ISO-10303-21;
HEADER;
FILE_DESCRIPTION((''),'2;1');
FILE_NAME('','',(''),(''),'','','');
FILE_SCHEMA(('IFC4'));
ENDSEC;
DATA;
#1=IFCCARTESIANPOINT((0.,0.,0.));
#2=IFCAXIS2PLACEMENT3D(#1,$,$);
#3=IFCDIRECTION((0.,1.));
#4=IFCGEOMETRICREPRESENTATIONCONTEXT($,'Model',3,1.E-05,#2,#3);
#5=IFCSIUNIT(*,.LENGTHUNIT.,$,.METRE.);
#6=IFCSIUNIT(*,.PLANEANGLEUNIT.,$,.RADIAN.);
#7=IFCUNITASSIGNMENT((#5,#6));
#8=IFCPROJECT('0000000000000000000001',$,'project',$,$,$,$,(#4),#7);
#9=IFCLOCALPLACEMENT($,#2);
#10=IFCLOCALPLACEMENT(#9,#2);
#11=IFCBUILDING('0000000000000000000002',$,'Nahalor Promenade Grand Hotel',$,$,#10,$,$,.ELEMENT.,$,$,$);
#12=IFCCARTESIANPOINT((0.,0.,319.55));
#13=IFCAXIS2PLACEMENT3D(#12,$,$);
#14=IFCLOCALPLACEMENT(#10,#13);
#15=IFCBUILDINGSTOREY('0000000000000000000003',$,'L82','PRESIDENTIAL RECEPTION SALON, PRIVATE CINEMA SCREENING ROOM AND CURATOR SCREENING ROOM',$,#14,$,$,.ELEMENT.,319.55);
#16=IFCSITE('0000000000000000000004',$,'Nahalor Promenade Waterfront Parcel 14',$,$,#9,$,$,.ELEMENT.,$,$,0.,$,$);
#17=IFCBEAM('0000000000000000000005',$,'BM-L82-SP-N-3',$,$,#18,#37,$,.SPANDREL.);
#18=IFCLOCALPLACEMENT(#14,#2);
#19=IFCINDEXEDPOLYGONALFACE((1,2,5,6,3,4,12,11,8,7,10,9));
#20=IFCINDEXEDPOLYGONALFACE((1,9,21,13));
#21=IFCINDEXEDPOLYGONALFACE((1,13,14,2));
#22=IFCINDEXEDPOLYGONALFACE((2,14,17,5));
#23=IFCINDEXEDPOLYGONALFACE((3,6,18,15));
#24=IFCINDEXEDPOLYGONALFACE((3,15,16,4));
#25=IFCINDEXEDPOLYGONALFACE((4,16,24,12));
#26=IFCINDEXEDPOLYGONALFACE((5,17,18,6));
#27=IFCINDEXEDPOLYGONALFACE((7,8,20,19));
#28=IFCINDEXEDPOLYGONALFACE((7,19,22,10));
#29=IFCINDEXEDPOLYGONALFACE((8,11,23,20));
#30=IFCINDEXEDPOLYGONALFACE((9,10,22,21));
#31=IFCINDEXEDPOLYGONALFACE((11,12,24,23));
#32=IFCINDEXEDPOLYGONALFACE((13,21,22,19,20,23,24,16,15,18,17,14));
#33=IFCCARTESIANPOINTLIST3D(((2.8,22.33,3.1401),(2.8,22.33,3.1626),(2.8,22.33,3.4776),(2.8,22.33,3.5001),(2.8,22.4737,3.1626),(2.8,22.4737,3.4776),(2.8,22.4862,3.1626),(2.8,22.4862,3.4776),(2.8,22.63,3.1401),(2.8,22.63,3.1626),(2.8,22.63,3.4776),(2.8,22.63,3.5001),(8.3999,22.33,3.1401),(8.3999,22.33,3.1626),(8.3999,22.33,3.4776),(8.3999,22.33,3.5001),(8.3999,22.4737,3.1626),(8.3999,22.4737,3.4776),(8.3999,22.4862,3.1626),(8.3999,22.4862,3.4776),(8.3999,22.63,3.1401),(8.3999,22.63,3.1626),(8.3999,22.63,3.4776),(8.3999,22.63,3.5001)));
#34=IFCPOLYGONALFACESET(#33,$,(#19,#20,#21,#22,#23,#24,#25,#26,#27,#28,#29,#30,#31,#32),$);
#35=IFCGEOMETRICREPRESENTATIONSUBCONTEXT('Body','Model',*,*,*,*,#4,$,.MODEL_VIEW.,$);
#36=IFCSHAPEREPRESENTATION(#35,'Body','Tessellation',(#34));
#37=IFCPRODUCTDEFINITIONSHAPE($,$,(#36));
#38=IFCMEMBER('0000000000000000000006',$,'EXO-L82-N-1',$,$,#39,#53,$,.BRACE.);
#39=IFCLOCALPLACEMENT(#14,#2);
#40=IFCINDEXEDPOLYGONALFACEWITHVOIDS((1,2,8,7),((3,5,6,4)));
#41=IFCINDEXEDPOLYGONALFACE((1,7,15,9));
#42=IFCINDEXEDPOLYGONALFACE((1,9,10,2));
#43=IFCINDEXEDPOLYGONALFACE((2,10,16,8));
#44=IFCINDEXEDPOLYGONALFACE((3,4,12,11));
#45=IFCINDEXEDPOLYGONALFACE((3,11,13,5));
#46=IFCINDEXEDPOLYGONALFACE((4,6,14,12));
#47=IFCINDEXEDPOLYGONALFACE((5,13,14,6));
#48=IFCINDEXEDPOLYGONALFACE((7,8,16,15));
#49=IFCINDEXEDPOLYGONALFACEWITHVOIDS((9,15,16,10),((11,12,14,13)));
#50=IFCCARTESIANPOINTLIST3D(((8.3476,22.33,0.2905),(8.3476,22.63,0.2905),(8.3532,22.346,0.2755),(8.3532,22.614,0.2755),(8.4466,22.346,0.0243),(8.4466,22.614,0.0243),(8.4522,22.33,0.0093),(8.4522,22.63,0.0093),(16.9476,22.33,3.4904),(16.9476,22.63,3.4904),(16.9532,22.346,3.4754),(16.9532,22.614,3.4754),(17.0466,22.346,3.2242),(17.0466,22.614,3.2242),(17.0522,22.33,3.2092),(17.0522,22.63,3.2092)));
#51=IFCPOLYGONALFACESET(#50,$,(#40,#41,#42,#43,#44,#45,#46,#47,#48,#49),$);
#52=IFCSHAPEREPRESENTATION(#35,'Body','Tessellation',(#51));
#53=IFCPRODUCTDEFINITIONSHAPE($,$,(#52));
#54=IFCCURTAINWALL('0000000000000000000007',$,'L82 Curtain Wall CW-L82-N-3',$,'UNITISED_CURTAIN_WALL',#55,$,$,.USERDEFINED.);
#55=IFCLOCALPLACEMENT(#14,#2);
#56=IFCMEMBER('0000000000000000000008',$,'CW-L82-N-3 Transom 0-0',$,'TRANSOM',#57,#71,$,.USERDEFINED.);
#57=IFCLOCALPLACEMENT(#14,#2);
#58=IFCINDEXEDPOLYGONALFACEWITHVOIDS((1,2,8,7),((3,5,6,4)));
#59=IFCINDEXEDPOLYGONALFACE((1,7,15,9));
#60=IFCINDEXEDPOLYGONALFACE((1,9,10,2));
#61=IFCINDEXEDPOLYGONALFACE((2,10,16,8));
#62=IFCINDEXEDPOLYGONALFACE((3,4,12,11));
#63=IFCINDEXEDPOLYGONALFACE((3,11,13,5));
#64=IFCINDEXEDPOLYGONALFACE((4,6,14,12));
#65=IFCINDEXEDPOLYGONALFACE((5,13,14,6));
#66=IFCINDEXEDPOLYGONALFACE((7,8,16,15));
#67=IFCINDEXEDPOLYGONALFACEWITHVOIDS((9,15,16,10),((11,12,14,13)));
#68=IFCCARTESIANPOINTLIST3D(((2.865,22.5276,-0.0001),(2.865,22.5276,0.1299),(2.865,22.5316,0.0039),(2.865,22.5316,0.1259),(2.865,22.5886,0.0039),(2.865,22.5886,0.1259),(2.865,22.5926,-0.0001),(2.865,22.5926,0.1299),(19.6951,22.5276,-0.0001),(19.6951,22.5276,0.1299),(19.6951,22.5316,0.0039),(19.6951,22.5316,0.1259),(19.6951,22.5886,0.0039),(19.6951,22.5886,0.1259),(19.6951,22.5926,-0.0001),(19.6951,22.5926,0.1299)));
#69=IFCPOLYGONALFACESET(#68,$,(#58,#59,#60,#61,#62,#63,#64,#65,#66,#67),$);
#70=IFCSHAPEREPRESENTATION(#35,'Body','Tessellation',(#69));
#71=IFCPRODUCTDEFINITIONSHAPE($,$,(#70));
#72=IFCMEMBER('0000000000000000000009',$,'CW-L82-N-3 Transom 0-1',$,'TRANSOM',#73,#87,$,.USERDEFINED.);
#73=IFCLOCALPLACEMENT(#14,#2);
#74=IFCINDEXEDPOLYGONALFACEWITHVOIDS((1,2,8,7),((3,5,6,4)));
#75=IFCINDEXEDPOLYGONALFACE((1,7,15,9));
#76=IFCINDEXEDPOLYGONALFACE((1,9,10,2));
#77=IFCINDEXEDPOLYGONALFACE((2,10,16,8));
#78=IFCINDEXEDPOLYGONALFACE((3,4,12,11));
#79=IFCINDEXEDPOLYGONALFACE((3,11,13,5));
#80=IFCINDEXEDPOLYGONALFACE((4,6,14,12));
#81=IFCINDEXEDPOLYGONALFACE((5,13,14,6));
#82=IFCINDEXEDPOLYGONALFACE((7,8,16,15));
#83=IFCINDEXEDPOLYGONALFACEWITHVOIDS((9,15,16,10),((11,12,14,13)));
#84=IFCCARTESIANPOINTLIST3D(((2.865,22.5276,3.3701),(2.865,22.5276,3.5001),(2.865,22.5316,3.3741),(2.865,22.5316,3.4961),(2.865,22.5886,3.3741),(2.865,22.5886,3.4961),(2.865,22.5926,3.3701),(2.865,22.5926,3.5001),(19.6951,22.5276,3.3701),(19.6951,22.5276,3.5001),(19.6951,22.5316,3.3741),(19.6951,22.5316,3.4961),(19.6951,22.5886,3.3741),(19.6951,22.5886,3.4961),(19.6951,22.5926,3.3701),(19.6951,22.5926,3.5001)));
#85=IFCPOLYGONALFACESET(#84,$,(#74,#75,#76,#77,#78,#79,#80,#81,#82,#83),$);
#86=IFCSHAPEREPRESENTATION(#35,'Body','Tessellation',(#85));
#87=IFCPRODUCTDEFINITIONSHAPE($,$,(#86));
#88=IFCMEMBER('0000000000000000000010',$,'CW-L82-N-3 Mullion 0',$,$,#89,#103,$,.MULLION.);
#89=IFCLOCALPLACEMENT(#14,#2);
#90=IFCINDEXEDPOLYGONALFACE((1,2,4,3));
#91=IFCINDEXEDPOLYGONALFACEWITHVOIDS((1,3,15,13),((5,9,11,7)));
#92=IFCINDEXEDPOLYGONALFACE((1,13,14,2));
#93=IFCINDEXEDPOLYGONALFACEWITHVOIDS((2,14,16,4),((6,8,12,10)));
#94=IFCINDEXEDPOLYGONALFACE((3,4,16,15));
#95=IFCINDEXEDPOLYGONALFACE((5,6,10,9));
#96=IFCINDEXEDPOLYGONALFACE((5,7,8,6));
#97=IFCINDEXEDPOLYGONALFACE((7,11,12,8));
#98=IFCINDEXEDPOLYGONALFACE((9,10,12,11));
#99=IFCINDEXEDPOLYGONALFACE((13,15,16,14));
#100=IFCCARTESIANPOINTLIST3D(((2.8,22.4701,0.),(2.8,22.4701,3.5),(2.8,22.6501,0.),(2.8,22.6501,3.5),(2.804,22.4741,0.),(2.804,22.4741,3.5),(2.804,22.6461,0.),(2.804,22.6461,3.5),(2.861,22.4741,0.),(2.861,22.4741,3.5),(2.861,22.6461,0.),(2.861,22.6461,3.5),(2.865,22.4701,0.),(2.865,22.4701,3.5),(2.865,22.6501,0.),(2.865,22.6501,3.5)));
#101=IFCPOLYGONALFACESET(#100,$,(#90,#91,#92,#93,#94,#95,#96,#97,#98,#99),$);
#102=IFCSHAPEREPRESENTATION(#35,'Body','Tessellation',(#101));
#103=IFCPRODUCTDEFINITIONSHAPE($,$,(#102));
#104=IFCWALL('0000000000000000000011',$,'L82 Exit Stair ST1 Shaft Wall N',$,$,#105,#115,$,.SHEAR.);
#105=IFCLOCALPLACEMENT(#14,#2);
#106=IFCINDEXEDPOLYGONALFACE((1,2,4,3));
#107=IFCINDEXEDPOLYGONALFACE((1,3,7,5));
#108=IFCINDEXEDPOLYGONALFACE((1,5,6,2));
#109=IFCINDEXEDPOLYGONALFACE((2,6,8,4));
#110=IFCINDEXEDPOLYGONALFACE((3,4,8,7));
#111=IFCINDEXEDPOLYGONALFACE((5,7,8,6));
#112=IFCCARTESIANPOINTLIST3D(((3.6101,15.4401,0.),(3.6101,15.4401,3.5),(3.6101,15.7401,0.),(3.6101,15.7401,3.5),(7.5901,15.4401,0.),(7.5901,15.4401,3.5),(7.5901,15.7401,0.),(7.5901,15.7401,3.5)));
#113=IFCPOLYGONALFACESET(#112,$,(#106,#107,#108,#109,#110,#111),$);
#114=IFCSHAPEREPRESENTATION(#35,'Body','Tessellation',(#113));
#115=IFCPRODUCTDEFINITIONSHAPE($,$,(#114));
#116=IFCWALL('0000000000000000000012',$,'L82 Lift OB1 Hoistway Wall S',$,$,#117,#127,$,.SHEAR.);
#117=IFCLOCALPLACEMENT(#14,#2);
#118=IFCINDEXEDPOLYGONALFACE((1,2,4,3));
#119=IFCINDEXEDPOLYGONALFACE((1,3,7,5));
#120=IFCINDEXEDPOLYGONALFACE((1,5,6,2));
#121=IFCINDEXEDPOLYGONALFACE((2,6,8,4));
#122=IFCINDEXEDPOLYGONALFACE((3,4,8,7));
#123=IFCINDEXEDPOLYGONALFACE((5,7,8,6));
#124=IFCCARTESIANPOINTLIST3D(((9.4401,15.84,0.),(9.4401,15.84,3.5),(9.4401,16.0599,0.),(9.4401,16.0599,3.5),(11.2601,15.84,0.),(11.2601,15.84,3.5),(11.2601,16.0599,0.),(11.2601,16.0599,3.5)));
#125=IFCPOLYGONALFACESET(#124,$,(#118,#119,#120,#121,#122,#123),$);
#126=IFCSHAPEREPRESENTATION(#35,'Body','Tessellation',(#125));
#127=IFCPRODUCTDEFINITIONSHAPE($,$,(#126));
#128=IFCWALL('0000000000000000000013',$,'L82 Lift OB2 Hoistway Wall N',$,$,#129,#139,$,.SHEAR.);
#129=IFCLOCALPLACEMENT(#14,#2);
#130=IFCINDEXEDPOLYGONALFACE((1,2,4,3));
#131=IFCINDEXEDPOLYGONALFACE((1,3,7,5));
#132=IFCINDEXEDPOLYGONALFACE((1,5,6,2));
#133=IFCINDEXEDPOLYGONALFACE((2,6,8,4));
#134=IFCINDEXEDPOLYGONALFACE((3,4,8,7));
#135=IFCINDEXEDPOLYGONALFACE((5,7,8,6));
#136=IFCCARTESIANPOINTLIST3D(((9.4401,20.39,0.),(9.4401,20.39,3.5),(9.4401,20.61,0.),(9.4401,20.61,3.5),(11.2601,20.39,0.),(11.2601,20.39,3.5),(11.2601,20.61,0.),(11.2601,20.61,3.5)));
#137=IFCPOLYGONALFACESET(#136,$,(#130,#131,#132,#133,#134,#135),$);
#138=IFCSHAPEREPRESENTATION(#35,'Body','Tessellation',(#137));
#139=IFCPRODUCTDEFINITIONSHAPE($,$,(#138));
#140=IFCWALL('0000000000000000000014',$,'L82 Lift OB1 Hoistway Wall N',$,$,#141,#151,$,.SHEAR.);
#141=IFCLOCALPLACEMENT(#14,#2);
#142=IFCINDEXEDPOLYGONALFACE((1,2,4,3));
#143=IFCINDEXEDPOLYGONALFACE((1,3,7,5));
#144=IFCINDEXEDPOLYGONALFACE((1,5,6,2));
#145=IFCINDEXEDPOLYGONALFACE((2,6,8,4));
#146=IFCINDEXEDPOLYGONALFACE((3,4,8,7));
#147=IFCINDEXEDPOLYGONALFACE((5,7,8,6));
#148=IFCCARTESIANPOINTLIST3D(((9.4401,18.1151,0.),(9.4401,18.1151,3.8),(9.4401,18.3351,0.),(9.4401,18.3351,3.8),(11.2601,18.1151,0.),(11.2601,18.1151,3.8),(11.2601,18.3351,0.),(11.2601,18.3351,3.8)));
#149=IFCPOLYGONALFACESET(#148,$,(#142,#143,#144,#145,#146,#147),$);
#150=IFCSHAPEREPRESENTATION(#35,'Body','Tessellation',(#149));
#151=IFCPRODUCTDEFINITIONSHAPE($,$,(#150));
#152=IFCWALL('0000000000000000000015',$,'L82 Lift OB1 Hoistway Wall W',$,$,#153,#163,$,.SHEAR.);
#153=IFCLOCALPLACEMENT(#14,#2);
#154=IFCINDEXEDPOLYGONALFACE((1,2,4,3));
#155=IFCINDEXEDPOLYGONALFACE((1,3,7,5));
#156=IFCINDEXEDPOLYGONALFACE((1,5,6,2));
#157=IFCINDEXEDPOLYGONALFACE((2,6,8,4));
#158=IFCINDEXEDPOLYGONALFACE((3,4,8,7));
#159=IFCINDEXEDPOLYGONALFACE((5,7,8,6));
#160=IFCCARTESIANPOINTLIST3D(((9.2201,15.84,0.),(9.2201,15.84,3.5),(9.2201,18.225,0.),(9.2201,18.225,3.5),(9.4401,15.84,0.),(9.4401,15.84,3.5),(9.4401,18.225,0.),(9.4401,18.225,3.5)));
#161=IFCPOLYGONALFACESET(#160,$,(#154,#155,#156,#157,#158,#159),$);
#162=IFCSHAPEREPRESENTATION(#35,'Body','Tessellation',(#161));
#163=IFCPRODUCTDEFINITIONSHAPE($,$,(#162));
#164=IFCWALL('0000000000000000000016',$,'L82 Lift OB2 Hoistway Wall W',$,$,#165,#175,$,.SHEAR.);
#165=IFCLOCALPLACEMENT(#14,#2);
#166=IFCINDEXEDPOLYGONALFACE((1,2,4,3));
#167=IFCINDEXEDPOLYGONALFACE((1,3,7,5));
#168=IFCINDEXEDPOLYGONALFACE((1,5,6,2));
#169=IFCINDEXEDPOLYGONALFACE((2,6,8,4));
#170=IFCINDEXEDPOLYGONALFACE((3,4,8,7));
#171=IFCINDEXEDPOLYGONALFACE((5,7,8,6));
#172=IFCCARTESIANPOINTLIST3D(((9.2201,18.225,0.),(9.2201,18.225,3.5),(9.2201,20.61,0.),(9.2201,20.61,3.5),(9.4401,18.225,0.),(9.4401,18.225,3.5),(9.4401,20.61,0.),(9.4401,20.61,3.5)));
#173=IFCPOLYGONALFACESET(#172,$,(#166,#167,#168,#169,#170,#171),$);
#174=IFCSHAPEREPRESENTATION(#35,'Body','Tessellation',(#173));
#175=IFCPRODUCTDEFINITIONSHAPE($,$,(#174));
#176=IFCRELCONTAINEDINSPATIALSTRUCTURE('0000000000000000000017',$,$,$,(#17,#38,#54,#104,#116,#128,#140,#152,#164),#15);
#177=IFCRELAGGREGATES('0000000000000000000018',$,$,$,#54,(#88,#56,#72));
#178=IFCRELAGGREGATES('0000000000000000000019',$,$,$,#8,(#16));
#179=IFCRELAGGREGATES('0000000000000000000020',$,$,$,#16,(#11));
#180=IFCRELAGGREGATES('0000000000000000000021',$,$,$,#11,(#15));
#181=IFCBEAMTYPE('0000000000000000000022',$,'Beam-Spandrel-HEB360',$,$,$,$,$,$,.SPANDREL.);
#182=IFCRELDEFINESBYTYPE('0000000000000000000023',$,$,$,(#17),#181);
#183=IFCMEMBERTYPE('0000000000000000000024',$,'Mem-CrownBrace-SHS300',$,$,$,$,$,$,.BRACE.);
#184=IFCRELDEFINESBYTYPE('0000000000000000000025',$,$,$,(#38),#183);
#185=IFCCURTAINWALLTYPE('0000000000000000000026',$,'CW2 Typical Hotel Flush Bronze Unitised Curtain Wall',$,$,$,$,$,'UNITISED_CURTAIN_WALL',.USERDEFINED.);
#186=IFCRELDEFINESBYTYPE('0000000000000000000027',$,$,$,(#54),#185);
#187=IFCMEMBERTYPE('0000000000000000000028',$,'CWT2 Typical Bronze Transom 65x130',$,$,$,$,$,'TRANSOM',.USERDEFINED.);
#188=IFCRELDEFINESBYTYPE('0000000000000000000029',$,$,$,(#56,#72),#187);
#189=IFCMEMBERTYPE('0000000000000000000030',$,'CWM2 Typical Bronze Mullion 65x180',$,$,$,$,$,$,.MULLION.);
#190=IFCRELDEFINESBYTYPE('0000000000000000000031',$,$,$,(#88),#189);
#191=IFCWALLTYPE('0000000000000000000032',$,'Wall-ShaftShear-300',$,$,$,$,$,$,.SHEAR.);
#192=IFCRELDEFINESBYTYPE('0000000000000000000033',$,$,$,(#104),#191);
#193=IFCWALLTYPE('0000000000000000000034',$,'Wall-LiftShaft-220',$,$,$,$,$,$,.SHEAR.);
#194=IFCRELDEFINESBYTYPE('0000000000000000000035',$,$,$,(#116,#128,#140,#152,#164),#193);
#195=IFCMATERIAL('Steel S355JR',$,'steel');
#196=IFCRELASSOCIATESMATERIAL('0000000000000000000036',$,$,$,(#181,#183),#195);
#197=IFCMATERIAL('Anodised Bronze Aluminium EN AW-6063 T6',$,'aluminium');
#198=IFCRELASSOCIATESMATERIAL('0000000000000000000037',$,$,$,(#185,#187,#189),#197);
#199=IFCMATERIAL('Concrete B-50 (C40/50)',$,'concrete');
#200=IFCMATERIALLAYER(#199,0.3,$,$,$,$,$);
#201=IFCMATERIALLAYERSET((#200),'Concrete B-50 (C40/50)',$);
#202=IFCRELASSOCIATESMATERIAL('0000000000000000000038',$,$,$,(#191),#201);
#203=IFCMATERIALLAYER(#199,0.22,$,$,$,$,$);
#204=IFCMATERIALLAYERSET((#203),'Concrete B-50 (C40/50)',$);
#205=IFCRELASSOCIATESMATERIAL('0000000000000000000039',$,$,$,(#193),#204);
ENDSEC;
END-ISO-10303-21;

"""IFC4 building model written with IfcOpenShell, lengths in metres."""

from ifc_helpers import new_model, si_unit, direction, frame, frame_2d, origin, origin_2d, place, context, subcontext, project, spatial, rectangle, hollow_rectangle, i_section, extrude, source, transform, mapped, material, layer, layer_set, material_profile, profile_set, type_object, element, aggregate, save


model = new_model("IFC4")

# Units and contexts
model_context = context("Model", 3, precision=1e-05, world=origin(), true_north=direction((0.0, 1.0)))
body_context = subcontext(model_context, "Body", "Model", "MODEL_VIEW")
ifc_project = project(units=[si_unit("LENGTHUNIT", "METRE"), si_unit("PLANEANGLEUNIT", "RADIAN")], contexts=[model_context])

# Site, building, storey
site_placement = place(None, origin())
site = spatial("IfcSite", under=ifc_project, at=site_placement, Name="Nahalor Promenade Waterfront Parcel 14", CompositionType="ELEMENT", RefElevation=0.0)
building_placement = place(site_placement, origin())
building = spatial("IfcBuilding", under=site, at=building_placement, Name="Nahalor Promenade Grand Hotel", CompositionType="ELEMENT")
storey_placement = place(building_placement, frame((0.0, 0.0, 319.55)))
storey = spatial("IfcBuildingStorey", under=building, at=storey_placement, Name="L82", Description="PRESIDENTIAL RECEPTION SALON, PRIVATE CINEMA SCREENING ROOM AND CURATOR SCREENING ROOM", CompositionType="ELEMENT", Elevation=319.55)

# Shared definitions
ifc_material_1 = material(Name="Concrete B-50 (C40/50)", Category="concrete")
ifc_material_2 = material(Name="Steel S355JR", Category="steel")

# Beam
ifc_material_profile_1 = material_profile(ifc_material_2, i_section(OverallWidth=0.3, OverallDepth=0.36, WebThickness=0.0125, FlangeThickness=0.0225, at=origin_2d()), Name="HEB 360")
ifc_profile_set_1 = profile_set([ifc_material_profile_1], Name="Steel S355JR")
beam_type_1 = type_object("IfcBeamType", Name="Beam-Spandrel-HEB360", PredefinedType="SPANDREL", material=ifc_profile_set_1)
shared_shape_1 = source(origin(), body_context, "Body", "SweptSolid", [
    extrude(i_section(OverallWidth=0.3, OverallDepth=0.36, WebThickness=0.0125, FlangeThickness=0.0225, at=origin_2d()), origin(), (0.0, 0.0, 1.0), 5.5999),
])
beam_1_placement = place(storey_placement, frame((2.8, 22.48, 3.3201), z_axis=(1.0, 0.0, 0.0), x_axis=(0.0, 1.0, 0.0)))
element("IfcBeam", 1, at=beam_1_placement, inside=storey, type_object=beam_type_1, Name="BM-L82-SP-N-3", PredefinedType="SPANDREL", context=body_context, shape_type="MappedRepresentation", body=[
    mapped(shared_shape_1, transform((0.0, 0.0, 0.0), scale=1.0)),
])

# Member
ifc_material_profile_2 = material_profile(ifc_material_2, hollow_rectangle(XDim=0.3, YDim=0.3, WallThickness=0.016, at=origin_2d()), Name="SHS 300x300x16")
ifc_profile_set_2 = profile_set([ifc_material_profile_2], Name="Steel S355JR")
member_type_1 = type_object("IfcMemberType", Name="Mem-CrownBrace-SHS300", PredefinedType="BRACE", material=ifc_profile_set_2)
shared_shape_2 = source(origin(), body_context, "Body", "SweptSolid", [
    extrude(hollow_rectangle(XDim=0.3, YDim=0.3, WallThickness=0.016, at=origin_2d()), origin(), (0.0, 0.0, 1.0), 9.176),
])
member_1_placement = place(storey_placement, frame((8.3999, 22.48, 0.1499), z_axis=(0.937225, 0.0, 0.348726), x_axis=(0.0, 1.0, 0.0)))
element("IfcMember", 2, at=member_1_placement, inside=storey, type_object=member_type_1, Name="EXO-L82-N-1", PredefinedType="BRACE", context=body_context, shape_type="MappedRepresentation", body=[
    mapped(shared_shape_2, transform((0.0, 0.0, 0.0), scale=1.0)),
])

# Curtain wall, members
ifc_material_3 = material(Name="Anodised Bronze Aluminium EN AW-6063 T6", Category="aluminium")
curtain_wall_type = type_object("IfcCurtainWallType", Name="CW2 Typical Hotel Flush Bronze Unitised Curtain Wall", ElementType="UNITISED_CURTAIN_WALL", PredefinedType="USERDEFINED", material=ifc_material_3)
curtain_wall_placement = place(storey_placement, origin())
curtain_wall = element("IfcCurtainWall", 3, at=curtain_wall_placement, inside=storey, type_object=curtain_wall_type, Name="L82 Curtain Wall CW-L82-N-3", ObjectType="UNITISED_CURTAIN_WALL", PredefinedType="USERDEFINED")
ifc_material_profile_3 = material_profile(ifc_material_3, hollow_rectangle(XDim=0.065, YDim=0.13, WallThickness=0.004, at=origin_2d()), Name="CWT 65x130x4")
ifc_profile_set_3 = profile_set([ifc_material_profile_3], Name="Anodised Bronze Aluminium EN AW-6063 T6")
member_type_2 = type_object("IfcMemberType", Name="CWT2 Typical Bronze Transom 65x130", ElementType="TRANSOM", PredefinedType="USERDEFINED", material=ifc_profile_set_3)
shared_shape_3 = source(origin(), body_context, "Body", "SweptSolid", [
    extrude(hollow_rectangle(XDim=0.065, YDim=0.13, WallThickness=0.004, at=origin_2d()), origin(), (0.0, 0.0, 1.0), 16.8301),
])
member_2_placement = place(storey_placement, frame((2.865, 22.5601, 0.0649), z_axis=(1.0, 0.0, 0.0), x_axis=(0.0, 1.0, 0.0)))
member_2 = element("IfcMember", 4, at=member_2_placement, type_object=member_type_2, Name="CW-L82-N-3 Transom 0-0", ObjectType="TRANSOM", PredefinedType="USERDEFINED", context=body_context, shape_type="MappedRepresentation", body=[
    mapped(shared_shape_3, transform((0.0, 0.0, 0.0), scale=1.0)),
])
member_3_placement = place(storey_placement, frame((2.865, 22.5601, 3.4351), z_axis=(1.0, 0.0, 0.0), x_axis=(0.0, 1.0, 0.0)))
member_3 = element("IfcMember", 5, at=member_3_placement, type_object=member_type_2, Name="CW-L82-N-3 Transom 0-1", ObjectType="TRANSOM", PredefinedType="USERDEFINED", context=body_context, shape_type="MappedRepresentation", body=[
    mapped(shared_shape_3, transform((0.0, 0.0, 0.0), scale=1.0)),
])
ifc_material_profile_4 = material_profile(ifc_material_3, hollow_rectangle(XDim=0.065, YDim=0.18, WallThickness=0.004, at=origin_2d()), Name="CWM 65x180x4")
ifc_profile_set_4 = profile_set([ifc_material_profile_4], Name="Anodised Bronze Aluminium EN AW-6063 T6")
member_type_3 = type_object("IfcMemberType", Name="CWM2 Typical Bronze Mullion 65x180", PredefinedType="MULLION", material=ifc_profile_set_4)
shared_shape_4 = source(origin(), body_context, "Body", "SweptSolid", [
    extrude(hollow_rectangle(XDim=0.065, YDim=0.18, WallThickness=0.004, at=origin_2d()), origin(), (0.0, 0.0, 1.0), 3.5),
])
member_4_placement = place(storey_placement, frame((2.8325, 22.5601, 0.0), z_axis=(0.0, 0.0, 1.0), x_axis=(1.0, 0.0, 0.0)))
member_4 = element("IfcMember", 6, at=member_4_placement, type_object=member_type_3, Name="CW-L82-N-3 Mullion 0", PredefinedType="MULLION", context=body_context, shape_type="MappedRepresentation", body=[
    mapped(shared_shape_4, transform((0.0, 0.0, 0.0), scale=1.0)),
])
aggregate(curtain_wall, [member_4, member_2, member_3])

# Walls
ifc_layer_1 = layer(ifc_material_1, 0.3)
ifc_layer_set_1 = layer_set([ifc_layer_1], Name="Concrete B-50 (C40/50)")
wall_type_1 = type_object("IfcWallType", Name="Wall-ShaftShear-300", PredefinedType="SHEAR", material=ifc_layer_set_1)
shared_shape_5 = source(origin(), body_context, "Body", "SweptSolid", [
    extrude(rectangle(XDim=3.98, YDim=0.3, at=frame_2d((1.99, 0.0))), origin(), (0.0, 0.0, 1.0), 3.5),
])
wall_1_placement = place(storey_placement, frame((3.6101, 15.5901, 0.0), z_axis=(0.0, 0.0, 1.0), x_axis=(1.0, 0.0, 0.0)))
element("IfcWall", 7, at=wall_1_placement, inside=storey, type_object=wall_type_1, Name="L82 Exit Stair ST1 Shaft Wall N", PredefinedType="SHEAR", context=body_context, shape_type="MappedRepresentation", body=[
    mapped(shared_shape_5, transform((0.0, 0.0, 0.0), scale=1.0)),
])
ifc_layer_2 = layer(ifc_material_1, 0.22)
ifc_layer_set_2 = layer_set([ifc_layer_2], Name="Concrete B-50 (C40/50)")
wall_type_2 = type_object("IfcWallType", Name="Wall-LiftShaft-220", PredefinedType="SHEAR", material=ifc_layer_set_2)
shared_shape_6 = source(origin(), body_context, "Body", "SweptSolid", [
    extrude(rectangle(XDim=1.8201, YDim=0.22, at=frame_2d((0.9102, 0.0))), origin(), (0.0, 0.0, 1.0), 3.5),
])
for number, where, z_axis, x_axis, name in (
    (8, (9.4399, 15.95, 0.0), (0.0, 0.0, 1.0), (1.0, 0.0, 0.0), "L82 Lift OB1 Hoistway Wall S"),
    (9, (9.4399, 20.5, 0.0), (0.0, 0.0, 1.0), (1.0, 0.0, 0.0), "L82 Lift OB2 Hoistway Wall N"),
):
    element("IfcWall", number, at=place(storey_placement, frame(where, z_axis=z_axis, x_axis=x_axis)), inside=storey, type_object=wall_type_2, Name=name, PredefinedType="SHEAR", context=body_context, shape_type="MappedRepresentation", body=[
        mapped(shared_shape_6, transform((0.0, 0.0, 0.0), scale=1.0)),
    ])
shared_shape_7 = source(origin(), body_context, "Body", "SweptSolid", [
    extrude(rectangle(XDim=1.8201, YDim=0.22, at=frame_2d((0.9102, 0.0))), origin(), (0.0, 0.0, 1.0), 3.8),
])
wall_2_placement = place(storey_placement, frame((9.4399, 18.2251, 0.0), z_axis=(0.0, 0.0, 1.0), x_axis=(1.0, 0.0, 0.0)))
element("IfcWall", 10, at=wall_2_placement, inside=storey, type_object=wall_type_2, Name="L82 Lift OB1 Hoistway Wall N", PredefinedType="SHEAR", context=body_context, shape_type="MappedRepresentation", body=[
    mapped(shared_shape_7, transform((0.0, 0.0, 0.0), scale=1.0)),
])
shared_shape_8 = source(origin(), body_context, "Body", "SweptSolid", [
    extrude(rectangle(XDim=2.385, YDim=0.22, at=frame_2d((1.1924, 0.0))), origin(), (0.0, 0.0, 1.0), 3.5),
])
for number, where, z_axis, x_axis, name in (
    (11, (9.3301, 15.8401, 0.0), (0.0, 0.0, 1.0), (0.0, 1.0, 0.0), "L82 Lift OB1 Hoistway Wall W"),
    (12, (9.3301, 18.2251, 0.0), (0.0, 0.0, 1.0), (0.0, 1.0, 0.0), "L82 Lift OB2 Hoistway Wall W"),
):
    element("IfcWall", number, at=place(storey_placement, frame(where, z_axis=z_axis, x_axis=x_axis)), inside=storey, type_object=wall_type_2, Name=name, PredefinedType="SHEAR", context=body_context, shape_type="MappedRepresentation", body=[
        mapped(shared_shape_8, transform((0.0, 0.0, 0.0), scale=1.0)),
    ])

save(model, "model.ifc")
